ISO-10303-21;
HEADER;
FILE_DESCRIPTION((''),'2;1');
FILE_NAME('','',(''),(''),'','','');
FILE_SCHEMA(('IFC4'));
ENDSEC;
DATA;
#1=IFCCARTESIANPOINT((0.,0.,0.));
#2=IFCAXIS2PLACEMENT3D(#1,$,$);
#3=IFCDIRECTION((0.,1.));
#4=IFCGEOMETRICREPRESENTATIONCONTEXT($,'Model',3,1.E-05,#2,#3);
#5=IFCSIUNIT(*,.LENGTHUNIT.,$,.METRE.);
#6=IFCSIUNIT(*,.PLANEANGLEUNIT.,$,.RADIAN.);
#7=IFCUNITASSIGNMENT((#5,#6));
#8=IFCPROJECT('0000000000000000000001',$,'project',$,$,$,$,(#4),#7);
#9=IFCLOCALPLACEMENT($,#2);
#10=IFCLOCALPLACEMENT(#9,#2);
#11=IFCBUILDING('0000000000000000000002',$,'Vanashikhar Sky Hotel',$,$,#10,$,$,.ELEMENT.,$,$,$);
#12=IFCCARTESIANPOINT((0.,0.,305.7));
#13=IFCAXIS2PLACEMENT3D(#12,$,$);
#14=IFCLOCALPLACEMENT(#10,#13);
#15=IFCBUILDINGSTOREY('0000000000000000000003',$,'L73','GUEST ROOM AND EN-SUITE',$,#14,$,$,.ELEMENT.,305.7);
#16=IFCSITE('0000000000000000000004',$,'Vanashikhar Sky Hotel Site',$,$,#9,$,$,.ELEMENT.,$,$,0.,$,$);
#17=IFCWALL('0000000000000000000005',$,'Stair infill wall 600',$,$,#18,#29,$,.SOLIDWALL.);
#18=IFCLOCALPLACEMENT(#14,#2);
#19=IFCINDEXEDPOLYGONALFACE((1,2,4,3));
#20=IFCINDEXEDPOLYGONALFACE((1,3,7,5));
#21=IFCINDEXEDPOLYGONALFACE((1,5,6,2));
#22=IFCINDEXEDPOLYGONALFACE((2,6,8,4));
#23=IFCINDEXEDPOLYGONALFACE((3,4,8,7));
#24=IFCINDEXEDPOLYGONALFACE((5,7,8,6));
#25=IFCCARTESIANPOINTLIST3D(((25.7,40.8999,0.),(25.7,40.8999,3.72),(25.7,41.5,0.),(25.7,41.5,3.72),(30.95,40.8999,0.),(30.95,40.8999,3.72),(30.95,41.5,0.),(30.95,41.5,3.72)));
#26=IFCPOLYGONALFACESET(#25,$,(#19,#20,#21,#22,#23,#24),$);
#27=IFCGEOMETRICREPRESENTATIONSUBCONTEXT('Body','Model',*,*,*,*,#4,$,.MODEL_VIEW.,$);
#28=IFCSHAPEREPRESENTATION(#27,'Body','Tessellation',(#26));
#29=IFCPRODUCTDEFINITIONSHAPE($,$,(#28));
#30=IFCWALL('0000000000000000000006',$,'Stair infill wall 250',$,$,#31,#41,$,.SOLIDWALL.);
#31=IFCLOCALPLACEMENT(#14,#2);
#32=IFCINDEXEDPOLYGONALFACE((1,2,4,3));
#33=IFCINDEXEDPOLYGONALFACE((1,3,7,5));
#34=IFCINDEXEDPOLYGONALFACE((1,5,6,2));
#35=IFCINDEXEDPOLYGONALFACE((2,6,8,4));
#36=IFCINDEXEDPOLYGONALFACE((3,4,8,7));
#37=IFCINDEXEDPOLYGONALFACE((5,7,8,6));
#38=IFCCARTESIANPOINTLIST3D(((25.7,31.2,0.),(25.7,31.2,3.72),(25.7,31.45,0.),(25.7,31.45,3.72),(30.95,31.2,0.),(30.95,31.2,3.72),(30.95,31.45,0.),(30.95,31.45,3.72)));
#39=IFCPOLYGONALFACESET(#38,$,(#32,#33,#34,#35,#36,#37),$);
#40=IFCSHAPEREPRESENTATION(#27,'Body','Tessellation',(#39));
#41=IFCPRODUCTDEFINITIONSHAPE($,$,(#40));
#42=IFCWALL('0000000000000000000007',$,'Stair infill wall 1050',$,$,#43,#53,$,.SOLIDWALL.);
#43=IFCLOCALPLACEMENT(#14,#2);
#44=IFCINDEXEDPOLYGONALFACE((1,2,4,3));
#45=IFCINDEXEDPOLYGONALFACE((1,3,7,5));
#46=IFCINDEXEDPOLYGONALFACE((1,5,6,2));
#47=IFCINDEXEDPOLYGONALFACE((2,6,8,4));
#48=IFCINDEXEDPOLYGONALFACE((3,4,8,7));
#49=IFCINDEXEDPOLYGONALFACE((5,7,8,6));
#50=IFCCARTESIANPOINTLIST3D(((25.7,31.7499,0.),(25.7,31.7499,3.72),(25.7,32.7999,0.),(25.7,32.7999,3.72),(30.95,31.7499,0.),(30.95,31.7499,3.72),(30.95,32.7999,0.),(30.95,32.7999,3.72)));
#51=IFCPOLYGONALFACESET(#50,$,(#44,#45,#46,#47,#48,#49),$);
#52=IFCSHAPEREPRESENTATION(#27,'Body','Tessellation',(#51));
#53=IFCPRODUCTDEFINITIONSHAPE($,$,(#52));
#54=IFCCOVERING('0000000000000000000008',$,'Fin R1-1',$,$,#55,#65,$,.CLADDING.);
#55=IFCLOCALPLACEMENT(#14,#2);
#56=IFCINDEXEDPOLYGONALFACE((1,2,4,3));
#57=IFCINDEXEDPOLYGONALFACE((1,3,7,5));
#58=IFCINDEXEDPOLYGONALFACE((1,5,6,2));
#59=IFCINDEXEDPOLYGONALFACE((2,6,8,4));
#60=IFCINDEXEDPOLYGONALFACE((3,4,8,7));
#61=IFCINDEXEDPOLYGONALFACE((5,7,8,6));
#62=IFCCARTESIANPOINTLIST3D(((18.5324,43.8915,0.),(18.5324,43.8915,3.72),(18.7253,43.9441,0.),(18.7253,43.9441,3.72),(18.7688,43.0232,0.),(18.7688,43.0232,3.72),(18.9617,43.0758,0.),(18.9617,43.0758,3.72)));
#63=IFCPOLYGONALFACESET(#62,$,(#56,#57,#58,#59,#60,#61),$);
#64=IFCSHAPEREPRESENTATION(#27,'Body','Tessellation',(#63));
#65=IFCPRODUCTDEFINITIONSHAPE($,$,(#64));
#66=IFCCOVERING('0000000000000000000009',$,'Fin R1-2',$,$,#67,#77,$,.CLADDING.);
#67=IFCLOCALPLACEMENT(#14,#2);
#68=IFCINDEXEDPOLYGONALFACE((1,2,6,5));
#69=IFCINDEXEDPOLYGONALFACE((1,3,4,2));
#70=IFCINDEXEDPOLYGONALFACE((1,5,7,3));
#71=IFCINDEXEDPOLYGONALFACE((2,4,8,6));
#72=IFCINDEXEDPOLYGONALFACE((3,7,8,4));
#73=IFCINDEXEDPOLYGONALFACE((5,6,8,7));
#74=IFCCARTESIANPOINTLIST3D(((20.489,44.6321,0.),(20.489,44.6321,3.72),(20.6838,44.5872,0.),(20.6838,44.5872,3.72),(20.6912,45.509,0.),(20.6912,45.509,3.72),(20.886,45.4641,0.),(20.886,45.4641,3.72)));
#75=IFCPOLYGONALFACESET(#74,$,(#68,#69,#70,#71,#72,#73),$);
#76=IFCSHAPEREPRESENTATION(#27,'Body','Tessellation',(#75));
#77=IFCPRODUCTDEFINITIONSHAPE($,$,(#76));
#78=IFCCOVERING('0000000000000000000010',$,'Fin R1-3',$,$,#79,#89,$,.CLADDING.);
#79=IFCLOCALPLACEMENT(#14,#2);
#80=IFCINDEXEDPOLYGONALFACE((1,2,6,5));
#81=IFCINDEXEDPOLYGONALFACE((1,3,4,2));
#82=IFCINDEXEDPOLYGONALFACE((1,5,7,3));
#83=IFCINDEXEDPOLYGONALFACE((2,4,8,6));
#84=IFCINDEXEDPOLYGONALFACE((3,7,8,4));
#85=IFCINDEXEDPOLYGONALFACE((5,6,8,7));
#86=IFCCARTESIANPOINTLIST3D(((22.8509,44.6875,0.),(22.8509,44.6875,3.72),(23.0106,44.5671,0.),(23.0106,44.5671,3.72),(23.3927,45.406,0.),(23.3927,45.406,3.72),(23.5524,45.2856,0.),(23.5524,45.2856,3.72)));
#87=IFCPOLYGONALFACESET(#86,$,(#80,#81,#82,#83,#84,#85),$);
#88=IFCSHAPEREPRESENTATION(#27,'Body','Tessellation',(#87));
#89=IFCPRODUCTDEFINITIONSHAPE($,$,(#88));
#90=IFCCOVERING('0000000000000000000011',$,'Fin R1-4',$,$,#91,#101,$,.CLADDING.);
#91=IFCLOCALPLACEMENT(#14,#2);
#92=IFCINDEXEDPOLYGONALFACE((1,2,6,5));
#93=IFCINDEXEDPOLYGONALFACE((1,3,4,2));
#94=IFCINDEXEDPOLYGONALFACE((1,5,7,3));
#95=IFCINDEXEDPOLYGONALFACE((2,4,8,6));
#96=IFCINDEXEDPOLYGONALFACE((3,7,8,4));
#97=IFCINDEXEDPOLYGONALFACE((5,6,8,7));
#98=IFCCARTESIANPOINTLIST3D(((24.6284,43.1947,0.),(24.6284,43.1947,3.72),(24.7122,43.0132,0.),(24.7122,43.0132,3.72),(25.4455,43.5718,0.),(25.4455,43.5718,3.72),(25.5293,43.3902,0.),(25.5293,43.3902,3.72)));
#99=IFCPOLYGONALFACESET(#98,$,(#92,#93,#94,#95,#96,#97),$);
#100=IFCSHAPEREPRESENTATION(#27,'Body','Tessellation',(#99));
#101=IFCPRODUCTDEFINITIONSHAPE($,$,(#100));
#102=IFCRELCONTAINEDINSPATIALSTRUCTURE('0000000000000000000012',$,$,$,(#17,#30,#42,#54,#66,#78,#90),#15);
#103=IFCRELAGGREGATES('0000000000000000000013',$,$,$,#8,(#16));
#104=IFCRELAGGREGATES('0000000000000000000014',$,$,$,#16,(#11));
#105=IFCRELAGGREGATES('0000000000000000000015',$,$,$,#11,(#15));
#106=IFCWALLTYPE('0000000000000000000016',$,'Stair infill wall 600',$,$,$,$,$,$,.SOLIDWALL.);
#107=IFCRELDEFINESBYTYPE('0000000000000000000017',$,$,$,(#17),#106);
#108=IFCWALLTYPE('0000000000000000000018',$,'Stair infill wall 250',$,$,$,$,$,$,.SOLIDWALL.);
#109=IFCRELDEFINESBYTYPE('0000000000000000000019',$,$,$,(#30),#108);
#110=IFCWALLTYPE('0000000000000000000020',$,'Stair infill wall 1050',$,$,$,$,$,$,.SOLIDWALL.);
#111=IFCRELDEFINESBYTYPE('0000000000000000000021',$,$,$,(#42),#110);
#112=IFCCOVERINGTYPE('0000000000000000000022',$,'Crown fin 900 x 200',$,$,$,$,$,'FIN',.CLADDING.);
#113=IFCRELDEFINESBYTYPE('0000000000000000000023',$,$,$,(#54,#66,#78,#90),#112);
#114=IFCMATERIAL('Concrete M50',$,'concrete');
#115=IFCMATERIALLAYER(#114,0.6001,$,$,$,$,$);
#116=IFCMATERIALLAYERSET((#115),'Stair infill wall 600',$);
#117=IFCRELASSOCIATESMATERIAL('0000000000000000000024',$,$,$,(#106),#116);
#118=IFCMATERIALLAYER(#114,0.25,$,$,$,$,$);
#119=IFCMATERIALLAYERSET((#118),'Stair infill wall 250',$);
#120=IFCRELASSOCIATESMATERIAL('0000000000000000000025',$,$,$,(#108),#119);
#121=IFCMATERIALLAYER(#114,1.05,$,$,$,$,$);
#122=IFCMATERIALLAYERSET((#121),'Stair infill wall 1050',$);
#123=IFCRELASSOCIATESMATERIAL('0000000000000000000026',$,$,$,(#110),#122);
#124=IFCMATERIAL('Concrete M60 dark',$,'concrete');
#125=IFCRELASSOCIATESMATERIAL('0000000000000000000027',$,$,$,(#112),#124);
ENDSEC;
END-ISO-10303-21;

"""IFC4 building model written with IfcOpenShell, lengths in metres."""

from ifc_helpers import new_model, si_unit, direction, frame, frame_2d, origin, origin_2d, place, context, subcontext, project, spatial, rectangle, extrude, source, transform, mapped, material, layer, layer_set, material_profile, profile_set, type_object, element, save


model = new_model("IFC4")

# Units and contexts
model_context = context("Model", 3, precision=1e-05, world=origin(), true_north=direction((0.0, 1.0)))
body_context = subcontext(model_context, "Body", "Model", "MODEL_VIEW")
ifc_project = project(units=[si_unit("LENGTHUNIT", "METRE"), si_unit("PLANEANGLEUNIT", "RADIAN")], contexts=[model_context])

# Site, building, storey
site_placement = place(None, origin())
site = spatial("IfcSite", under=ifc_project, at=site_placement, Name="Vanashikhar Sky Hotel Site", CompositionType="ELEMENT", RefElevation=0.0)
building_placement = place(site_placement, origin())
building = spatial("IfcBuilding", under=site, at=building_placement, Name="Vanashikhar Sky Hotel", CompositionType="ELEMENT")
storey_placement = place(building_placement, frame((0.0, 0.0, 305.7)))
storey = spatial("IfcBuildingStorey", under=building, at=storey_placement, Name="L73", Description="GUEST ROOM AND EN-SUITE", CompositionType="ELEMENT", Elevation=305.7)

# Shared definitions
ifc_material_1 = material(Name="Concrete M50", Category="concrete")

# Walls
ifc_layer_1 = layer(ifc_material_1, 0.6001)
ifc_layer_set_1 = layer_set([ifc_layer_1], Name="Stair infill wall 600")
wall_type_1 = type_object("IfcWallType", Name="Stair infill wall 600", PredefinedType="SOLIDWALL", material=ifc_layer_set_1)
shared_shape_1 = source(origin(), body_context, "Body", "SweptSolid", [
    extrude(rectangle(XDim=5.25, YDim=0.6001, at=frame_2d((2.625, 0.0))), origin(), (0.0, 0.0, 1.0), 3.72),
])
wall_1_placement = place(storey_placement, frame((25.7, 41.2, 0.0), z_axis=(0.0, 0.0, 1.0), x_axis=(1.0, 0.0, 0.0)))
element("IfcWall", 1, at=wall_1_placement, inside=storey, type_object=wall_type_1, Name="Stair infill wall 600", PredefinedType="SOLIDWALL", context=body_context, shape_type="MappedRepresentation", body=[
    mapped(shared_shape_1, transform((0.0, 0.0, 0.0), scale=1.0)),
])
ifc_layer_2 = layer(ifc_material_1, 0.25)
ifc_layer_set_2 = layer_set([ifc_layer_2], Name="Stair infill wall 250")
wall_type_2 = type_object("IfcWallType", Name="Stair infill wall 250", PredefinedType="SOLIDWALL", material=ifc_layer_set_2)
shared_shape_2 = source(origin(), body_context, "Body", "SweptSolid", [
    extrude(rectangle(XDim=5.25, YDim=0.25, at=frame_2d((2.625, 0.0))), origin(), (0.0, 0.0, 1.0), 3.72),
])
wall_2_placement = place(storey_placement, frame((25.7, 31.325, 0.0), z_axis=(0.0, 0.0, 1.0), x_axis=(1.0, 0.0, 0.0)))
element("IfcWall", 2, at=wall_2_placement, inside=storey, type_object=wall_type_2, Name="Stair infill wall 250", PredefinedType="SOLIDWALL", context=body_context, shape_type="MappedRepresentation", body=[
    mapped(shared_shape_2, transform((0.0, 0.0, 0.0), scale=1.0)),
])
ifc_layer_3 = layer(ifc_material_1, 1.05)
ifc_layer_set_3 = layer_set([ifc_layer_3], Name="Stair infill wall 1050")
wall_type_3 = type_object("IfcWallType", Name="Stair infill wall 1050", PredefinedType="SOLIDWALL", material=ifc_layer_set_3)
shared_shape_3 = source(origin(), body_context, "Body", "SweptSolid", [
    extrude(rectangle(XDim=5.25, YDim=1.05, at=frame_2d((2.625, 0.0))), origin(), (0.0, 0.0, 1.0), 3.72),
])
wall_3_placement = place(storey_placement, frame((25.7, 32.2749, 0.0), z_axis=(0.0, 0.0, 1.0), x_axis=(1.0, 0.0, 0.0)))
element("IfcWall", 3, at=wall_3_placement, inside=storey, type_object=wall_type_3, Name="Stair infill wall 1050", PredefinedType="SOLIDWALL", context=body_context, shape_type="MappedRepresentation", body=[
    mapped(shared_shape_3, transform((0.0, 0.0, 0.0), scale=1.0)),
])

# Coverings
ifc_material_2 = material(Name="Concrete M60 dark", Category="concrete")
ifc_material_profile = material_profile(ifc_material_2, rectangle(XDim=0.8999, YDim=0.2, at=origin_2d()))
ifc_profile_set = profile_set([ifc_material_profile], Name="Crown fin 900 x 200")
covering_type = type_object("IfcCoveringType", Name="Crown fin 900 x 200", ElementType="FIN", PredefinedType="CLADDING", material=ifc_profile_set)
shared_shape_4 = source(origin(), body_context, "Body", "SweptSolid", [
    extrude(rectangle(XDim=0.8999, YDim=0.2, at=origin_2d()), origin(), (0.0, 0.0, 1.0), 3.72),
])
for number, where, z_axis, x_axis, name in (
    (4, (18.7471, 43.4836, 0.0), (0.0, 0.0, 1.0), (-0.262711, 0.964874, 0.0), "Fin R1-1"),
    (5, (20.6875, 45.0481, 0.0), (0.0, 0.0, 1.0), (0.224645, 0.974441, 0.0), "Fin R1-2"),
    (6, (23.2017, 44.9866, 0.0), (0.0, 0.0, 1.0), (0.602066, 0.798446, 0.0), "Fin R1-3"),
    (7, (25.0789, 43.2925, 0.0), (0.0, 0.0, 1.0), (0.908004, 0.418961, 0.0), "Fin R1-4"),
):
    element("IfcCovering", number, at=place(storey_placement, frame(where, z_axis=z_axis, x_axis=x_axis)), inside=storey, type_object=covering_type, Name=name, PredefinedType="CLADDING", context=body_context, shape_type="MappedRepresentation", body=[
        mapped(shared_shape_4, transform((0.0, 0.0, 0.0), scale=1.0)),
    ])

save(model, "model.ifc")
